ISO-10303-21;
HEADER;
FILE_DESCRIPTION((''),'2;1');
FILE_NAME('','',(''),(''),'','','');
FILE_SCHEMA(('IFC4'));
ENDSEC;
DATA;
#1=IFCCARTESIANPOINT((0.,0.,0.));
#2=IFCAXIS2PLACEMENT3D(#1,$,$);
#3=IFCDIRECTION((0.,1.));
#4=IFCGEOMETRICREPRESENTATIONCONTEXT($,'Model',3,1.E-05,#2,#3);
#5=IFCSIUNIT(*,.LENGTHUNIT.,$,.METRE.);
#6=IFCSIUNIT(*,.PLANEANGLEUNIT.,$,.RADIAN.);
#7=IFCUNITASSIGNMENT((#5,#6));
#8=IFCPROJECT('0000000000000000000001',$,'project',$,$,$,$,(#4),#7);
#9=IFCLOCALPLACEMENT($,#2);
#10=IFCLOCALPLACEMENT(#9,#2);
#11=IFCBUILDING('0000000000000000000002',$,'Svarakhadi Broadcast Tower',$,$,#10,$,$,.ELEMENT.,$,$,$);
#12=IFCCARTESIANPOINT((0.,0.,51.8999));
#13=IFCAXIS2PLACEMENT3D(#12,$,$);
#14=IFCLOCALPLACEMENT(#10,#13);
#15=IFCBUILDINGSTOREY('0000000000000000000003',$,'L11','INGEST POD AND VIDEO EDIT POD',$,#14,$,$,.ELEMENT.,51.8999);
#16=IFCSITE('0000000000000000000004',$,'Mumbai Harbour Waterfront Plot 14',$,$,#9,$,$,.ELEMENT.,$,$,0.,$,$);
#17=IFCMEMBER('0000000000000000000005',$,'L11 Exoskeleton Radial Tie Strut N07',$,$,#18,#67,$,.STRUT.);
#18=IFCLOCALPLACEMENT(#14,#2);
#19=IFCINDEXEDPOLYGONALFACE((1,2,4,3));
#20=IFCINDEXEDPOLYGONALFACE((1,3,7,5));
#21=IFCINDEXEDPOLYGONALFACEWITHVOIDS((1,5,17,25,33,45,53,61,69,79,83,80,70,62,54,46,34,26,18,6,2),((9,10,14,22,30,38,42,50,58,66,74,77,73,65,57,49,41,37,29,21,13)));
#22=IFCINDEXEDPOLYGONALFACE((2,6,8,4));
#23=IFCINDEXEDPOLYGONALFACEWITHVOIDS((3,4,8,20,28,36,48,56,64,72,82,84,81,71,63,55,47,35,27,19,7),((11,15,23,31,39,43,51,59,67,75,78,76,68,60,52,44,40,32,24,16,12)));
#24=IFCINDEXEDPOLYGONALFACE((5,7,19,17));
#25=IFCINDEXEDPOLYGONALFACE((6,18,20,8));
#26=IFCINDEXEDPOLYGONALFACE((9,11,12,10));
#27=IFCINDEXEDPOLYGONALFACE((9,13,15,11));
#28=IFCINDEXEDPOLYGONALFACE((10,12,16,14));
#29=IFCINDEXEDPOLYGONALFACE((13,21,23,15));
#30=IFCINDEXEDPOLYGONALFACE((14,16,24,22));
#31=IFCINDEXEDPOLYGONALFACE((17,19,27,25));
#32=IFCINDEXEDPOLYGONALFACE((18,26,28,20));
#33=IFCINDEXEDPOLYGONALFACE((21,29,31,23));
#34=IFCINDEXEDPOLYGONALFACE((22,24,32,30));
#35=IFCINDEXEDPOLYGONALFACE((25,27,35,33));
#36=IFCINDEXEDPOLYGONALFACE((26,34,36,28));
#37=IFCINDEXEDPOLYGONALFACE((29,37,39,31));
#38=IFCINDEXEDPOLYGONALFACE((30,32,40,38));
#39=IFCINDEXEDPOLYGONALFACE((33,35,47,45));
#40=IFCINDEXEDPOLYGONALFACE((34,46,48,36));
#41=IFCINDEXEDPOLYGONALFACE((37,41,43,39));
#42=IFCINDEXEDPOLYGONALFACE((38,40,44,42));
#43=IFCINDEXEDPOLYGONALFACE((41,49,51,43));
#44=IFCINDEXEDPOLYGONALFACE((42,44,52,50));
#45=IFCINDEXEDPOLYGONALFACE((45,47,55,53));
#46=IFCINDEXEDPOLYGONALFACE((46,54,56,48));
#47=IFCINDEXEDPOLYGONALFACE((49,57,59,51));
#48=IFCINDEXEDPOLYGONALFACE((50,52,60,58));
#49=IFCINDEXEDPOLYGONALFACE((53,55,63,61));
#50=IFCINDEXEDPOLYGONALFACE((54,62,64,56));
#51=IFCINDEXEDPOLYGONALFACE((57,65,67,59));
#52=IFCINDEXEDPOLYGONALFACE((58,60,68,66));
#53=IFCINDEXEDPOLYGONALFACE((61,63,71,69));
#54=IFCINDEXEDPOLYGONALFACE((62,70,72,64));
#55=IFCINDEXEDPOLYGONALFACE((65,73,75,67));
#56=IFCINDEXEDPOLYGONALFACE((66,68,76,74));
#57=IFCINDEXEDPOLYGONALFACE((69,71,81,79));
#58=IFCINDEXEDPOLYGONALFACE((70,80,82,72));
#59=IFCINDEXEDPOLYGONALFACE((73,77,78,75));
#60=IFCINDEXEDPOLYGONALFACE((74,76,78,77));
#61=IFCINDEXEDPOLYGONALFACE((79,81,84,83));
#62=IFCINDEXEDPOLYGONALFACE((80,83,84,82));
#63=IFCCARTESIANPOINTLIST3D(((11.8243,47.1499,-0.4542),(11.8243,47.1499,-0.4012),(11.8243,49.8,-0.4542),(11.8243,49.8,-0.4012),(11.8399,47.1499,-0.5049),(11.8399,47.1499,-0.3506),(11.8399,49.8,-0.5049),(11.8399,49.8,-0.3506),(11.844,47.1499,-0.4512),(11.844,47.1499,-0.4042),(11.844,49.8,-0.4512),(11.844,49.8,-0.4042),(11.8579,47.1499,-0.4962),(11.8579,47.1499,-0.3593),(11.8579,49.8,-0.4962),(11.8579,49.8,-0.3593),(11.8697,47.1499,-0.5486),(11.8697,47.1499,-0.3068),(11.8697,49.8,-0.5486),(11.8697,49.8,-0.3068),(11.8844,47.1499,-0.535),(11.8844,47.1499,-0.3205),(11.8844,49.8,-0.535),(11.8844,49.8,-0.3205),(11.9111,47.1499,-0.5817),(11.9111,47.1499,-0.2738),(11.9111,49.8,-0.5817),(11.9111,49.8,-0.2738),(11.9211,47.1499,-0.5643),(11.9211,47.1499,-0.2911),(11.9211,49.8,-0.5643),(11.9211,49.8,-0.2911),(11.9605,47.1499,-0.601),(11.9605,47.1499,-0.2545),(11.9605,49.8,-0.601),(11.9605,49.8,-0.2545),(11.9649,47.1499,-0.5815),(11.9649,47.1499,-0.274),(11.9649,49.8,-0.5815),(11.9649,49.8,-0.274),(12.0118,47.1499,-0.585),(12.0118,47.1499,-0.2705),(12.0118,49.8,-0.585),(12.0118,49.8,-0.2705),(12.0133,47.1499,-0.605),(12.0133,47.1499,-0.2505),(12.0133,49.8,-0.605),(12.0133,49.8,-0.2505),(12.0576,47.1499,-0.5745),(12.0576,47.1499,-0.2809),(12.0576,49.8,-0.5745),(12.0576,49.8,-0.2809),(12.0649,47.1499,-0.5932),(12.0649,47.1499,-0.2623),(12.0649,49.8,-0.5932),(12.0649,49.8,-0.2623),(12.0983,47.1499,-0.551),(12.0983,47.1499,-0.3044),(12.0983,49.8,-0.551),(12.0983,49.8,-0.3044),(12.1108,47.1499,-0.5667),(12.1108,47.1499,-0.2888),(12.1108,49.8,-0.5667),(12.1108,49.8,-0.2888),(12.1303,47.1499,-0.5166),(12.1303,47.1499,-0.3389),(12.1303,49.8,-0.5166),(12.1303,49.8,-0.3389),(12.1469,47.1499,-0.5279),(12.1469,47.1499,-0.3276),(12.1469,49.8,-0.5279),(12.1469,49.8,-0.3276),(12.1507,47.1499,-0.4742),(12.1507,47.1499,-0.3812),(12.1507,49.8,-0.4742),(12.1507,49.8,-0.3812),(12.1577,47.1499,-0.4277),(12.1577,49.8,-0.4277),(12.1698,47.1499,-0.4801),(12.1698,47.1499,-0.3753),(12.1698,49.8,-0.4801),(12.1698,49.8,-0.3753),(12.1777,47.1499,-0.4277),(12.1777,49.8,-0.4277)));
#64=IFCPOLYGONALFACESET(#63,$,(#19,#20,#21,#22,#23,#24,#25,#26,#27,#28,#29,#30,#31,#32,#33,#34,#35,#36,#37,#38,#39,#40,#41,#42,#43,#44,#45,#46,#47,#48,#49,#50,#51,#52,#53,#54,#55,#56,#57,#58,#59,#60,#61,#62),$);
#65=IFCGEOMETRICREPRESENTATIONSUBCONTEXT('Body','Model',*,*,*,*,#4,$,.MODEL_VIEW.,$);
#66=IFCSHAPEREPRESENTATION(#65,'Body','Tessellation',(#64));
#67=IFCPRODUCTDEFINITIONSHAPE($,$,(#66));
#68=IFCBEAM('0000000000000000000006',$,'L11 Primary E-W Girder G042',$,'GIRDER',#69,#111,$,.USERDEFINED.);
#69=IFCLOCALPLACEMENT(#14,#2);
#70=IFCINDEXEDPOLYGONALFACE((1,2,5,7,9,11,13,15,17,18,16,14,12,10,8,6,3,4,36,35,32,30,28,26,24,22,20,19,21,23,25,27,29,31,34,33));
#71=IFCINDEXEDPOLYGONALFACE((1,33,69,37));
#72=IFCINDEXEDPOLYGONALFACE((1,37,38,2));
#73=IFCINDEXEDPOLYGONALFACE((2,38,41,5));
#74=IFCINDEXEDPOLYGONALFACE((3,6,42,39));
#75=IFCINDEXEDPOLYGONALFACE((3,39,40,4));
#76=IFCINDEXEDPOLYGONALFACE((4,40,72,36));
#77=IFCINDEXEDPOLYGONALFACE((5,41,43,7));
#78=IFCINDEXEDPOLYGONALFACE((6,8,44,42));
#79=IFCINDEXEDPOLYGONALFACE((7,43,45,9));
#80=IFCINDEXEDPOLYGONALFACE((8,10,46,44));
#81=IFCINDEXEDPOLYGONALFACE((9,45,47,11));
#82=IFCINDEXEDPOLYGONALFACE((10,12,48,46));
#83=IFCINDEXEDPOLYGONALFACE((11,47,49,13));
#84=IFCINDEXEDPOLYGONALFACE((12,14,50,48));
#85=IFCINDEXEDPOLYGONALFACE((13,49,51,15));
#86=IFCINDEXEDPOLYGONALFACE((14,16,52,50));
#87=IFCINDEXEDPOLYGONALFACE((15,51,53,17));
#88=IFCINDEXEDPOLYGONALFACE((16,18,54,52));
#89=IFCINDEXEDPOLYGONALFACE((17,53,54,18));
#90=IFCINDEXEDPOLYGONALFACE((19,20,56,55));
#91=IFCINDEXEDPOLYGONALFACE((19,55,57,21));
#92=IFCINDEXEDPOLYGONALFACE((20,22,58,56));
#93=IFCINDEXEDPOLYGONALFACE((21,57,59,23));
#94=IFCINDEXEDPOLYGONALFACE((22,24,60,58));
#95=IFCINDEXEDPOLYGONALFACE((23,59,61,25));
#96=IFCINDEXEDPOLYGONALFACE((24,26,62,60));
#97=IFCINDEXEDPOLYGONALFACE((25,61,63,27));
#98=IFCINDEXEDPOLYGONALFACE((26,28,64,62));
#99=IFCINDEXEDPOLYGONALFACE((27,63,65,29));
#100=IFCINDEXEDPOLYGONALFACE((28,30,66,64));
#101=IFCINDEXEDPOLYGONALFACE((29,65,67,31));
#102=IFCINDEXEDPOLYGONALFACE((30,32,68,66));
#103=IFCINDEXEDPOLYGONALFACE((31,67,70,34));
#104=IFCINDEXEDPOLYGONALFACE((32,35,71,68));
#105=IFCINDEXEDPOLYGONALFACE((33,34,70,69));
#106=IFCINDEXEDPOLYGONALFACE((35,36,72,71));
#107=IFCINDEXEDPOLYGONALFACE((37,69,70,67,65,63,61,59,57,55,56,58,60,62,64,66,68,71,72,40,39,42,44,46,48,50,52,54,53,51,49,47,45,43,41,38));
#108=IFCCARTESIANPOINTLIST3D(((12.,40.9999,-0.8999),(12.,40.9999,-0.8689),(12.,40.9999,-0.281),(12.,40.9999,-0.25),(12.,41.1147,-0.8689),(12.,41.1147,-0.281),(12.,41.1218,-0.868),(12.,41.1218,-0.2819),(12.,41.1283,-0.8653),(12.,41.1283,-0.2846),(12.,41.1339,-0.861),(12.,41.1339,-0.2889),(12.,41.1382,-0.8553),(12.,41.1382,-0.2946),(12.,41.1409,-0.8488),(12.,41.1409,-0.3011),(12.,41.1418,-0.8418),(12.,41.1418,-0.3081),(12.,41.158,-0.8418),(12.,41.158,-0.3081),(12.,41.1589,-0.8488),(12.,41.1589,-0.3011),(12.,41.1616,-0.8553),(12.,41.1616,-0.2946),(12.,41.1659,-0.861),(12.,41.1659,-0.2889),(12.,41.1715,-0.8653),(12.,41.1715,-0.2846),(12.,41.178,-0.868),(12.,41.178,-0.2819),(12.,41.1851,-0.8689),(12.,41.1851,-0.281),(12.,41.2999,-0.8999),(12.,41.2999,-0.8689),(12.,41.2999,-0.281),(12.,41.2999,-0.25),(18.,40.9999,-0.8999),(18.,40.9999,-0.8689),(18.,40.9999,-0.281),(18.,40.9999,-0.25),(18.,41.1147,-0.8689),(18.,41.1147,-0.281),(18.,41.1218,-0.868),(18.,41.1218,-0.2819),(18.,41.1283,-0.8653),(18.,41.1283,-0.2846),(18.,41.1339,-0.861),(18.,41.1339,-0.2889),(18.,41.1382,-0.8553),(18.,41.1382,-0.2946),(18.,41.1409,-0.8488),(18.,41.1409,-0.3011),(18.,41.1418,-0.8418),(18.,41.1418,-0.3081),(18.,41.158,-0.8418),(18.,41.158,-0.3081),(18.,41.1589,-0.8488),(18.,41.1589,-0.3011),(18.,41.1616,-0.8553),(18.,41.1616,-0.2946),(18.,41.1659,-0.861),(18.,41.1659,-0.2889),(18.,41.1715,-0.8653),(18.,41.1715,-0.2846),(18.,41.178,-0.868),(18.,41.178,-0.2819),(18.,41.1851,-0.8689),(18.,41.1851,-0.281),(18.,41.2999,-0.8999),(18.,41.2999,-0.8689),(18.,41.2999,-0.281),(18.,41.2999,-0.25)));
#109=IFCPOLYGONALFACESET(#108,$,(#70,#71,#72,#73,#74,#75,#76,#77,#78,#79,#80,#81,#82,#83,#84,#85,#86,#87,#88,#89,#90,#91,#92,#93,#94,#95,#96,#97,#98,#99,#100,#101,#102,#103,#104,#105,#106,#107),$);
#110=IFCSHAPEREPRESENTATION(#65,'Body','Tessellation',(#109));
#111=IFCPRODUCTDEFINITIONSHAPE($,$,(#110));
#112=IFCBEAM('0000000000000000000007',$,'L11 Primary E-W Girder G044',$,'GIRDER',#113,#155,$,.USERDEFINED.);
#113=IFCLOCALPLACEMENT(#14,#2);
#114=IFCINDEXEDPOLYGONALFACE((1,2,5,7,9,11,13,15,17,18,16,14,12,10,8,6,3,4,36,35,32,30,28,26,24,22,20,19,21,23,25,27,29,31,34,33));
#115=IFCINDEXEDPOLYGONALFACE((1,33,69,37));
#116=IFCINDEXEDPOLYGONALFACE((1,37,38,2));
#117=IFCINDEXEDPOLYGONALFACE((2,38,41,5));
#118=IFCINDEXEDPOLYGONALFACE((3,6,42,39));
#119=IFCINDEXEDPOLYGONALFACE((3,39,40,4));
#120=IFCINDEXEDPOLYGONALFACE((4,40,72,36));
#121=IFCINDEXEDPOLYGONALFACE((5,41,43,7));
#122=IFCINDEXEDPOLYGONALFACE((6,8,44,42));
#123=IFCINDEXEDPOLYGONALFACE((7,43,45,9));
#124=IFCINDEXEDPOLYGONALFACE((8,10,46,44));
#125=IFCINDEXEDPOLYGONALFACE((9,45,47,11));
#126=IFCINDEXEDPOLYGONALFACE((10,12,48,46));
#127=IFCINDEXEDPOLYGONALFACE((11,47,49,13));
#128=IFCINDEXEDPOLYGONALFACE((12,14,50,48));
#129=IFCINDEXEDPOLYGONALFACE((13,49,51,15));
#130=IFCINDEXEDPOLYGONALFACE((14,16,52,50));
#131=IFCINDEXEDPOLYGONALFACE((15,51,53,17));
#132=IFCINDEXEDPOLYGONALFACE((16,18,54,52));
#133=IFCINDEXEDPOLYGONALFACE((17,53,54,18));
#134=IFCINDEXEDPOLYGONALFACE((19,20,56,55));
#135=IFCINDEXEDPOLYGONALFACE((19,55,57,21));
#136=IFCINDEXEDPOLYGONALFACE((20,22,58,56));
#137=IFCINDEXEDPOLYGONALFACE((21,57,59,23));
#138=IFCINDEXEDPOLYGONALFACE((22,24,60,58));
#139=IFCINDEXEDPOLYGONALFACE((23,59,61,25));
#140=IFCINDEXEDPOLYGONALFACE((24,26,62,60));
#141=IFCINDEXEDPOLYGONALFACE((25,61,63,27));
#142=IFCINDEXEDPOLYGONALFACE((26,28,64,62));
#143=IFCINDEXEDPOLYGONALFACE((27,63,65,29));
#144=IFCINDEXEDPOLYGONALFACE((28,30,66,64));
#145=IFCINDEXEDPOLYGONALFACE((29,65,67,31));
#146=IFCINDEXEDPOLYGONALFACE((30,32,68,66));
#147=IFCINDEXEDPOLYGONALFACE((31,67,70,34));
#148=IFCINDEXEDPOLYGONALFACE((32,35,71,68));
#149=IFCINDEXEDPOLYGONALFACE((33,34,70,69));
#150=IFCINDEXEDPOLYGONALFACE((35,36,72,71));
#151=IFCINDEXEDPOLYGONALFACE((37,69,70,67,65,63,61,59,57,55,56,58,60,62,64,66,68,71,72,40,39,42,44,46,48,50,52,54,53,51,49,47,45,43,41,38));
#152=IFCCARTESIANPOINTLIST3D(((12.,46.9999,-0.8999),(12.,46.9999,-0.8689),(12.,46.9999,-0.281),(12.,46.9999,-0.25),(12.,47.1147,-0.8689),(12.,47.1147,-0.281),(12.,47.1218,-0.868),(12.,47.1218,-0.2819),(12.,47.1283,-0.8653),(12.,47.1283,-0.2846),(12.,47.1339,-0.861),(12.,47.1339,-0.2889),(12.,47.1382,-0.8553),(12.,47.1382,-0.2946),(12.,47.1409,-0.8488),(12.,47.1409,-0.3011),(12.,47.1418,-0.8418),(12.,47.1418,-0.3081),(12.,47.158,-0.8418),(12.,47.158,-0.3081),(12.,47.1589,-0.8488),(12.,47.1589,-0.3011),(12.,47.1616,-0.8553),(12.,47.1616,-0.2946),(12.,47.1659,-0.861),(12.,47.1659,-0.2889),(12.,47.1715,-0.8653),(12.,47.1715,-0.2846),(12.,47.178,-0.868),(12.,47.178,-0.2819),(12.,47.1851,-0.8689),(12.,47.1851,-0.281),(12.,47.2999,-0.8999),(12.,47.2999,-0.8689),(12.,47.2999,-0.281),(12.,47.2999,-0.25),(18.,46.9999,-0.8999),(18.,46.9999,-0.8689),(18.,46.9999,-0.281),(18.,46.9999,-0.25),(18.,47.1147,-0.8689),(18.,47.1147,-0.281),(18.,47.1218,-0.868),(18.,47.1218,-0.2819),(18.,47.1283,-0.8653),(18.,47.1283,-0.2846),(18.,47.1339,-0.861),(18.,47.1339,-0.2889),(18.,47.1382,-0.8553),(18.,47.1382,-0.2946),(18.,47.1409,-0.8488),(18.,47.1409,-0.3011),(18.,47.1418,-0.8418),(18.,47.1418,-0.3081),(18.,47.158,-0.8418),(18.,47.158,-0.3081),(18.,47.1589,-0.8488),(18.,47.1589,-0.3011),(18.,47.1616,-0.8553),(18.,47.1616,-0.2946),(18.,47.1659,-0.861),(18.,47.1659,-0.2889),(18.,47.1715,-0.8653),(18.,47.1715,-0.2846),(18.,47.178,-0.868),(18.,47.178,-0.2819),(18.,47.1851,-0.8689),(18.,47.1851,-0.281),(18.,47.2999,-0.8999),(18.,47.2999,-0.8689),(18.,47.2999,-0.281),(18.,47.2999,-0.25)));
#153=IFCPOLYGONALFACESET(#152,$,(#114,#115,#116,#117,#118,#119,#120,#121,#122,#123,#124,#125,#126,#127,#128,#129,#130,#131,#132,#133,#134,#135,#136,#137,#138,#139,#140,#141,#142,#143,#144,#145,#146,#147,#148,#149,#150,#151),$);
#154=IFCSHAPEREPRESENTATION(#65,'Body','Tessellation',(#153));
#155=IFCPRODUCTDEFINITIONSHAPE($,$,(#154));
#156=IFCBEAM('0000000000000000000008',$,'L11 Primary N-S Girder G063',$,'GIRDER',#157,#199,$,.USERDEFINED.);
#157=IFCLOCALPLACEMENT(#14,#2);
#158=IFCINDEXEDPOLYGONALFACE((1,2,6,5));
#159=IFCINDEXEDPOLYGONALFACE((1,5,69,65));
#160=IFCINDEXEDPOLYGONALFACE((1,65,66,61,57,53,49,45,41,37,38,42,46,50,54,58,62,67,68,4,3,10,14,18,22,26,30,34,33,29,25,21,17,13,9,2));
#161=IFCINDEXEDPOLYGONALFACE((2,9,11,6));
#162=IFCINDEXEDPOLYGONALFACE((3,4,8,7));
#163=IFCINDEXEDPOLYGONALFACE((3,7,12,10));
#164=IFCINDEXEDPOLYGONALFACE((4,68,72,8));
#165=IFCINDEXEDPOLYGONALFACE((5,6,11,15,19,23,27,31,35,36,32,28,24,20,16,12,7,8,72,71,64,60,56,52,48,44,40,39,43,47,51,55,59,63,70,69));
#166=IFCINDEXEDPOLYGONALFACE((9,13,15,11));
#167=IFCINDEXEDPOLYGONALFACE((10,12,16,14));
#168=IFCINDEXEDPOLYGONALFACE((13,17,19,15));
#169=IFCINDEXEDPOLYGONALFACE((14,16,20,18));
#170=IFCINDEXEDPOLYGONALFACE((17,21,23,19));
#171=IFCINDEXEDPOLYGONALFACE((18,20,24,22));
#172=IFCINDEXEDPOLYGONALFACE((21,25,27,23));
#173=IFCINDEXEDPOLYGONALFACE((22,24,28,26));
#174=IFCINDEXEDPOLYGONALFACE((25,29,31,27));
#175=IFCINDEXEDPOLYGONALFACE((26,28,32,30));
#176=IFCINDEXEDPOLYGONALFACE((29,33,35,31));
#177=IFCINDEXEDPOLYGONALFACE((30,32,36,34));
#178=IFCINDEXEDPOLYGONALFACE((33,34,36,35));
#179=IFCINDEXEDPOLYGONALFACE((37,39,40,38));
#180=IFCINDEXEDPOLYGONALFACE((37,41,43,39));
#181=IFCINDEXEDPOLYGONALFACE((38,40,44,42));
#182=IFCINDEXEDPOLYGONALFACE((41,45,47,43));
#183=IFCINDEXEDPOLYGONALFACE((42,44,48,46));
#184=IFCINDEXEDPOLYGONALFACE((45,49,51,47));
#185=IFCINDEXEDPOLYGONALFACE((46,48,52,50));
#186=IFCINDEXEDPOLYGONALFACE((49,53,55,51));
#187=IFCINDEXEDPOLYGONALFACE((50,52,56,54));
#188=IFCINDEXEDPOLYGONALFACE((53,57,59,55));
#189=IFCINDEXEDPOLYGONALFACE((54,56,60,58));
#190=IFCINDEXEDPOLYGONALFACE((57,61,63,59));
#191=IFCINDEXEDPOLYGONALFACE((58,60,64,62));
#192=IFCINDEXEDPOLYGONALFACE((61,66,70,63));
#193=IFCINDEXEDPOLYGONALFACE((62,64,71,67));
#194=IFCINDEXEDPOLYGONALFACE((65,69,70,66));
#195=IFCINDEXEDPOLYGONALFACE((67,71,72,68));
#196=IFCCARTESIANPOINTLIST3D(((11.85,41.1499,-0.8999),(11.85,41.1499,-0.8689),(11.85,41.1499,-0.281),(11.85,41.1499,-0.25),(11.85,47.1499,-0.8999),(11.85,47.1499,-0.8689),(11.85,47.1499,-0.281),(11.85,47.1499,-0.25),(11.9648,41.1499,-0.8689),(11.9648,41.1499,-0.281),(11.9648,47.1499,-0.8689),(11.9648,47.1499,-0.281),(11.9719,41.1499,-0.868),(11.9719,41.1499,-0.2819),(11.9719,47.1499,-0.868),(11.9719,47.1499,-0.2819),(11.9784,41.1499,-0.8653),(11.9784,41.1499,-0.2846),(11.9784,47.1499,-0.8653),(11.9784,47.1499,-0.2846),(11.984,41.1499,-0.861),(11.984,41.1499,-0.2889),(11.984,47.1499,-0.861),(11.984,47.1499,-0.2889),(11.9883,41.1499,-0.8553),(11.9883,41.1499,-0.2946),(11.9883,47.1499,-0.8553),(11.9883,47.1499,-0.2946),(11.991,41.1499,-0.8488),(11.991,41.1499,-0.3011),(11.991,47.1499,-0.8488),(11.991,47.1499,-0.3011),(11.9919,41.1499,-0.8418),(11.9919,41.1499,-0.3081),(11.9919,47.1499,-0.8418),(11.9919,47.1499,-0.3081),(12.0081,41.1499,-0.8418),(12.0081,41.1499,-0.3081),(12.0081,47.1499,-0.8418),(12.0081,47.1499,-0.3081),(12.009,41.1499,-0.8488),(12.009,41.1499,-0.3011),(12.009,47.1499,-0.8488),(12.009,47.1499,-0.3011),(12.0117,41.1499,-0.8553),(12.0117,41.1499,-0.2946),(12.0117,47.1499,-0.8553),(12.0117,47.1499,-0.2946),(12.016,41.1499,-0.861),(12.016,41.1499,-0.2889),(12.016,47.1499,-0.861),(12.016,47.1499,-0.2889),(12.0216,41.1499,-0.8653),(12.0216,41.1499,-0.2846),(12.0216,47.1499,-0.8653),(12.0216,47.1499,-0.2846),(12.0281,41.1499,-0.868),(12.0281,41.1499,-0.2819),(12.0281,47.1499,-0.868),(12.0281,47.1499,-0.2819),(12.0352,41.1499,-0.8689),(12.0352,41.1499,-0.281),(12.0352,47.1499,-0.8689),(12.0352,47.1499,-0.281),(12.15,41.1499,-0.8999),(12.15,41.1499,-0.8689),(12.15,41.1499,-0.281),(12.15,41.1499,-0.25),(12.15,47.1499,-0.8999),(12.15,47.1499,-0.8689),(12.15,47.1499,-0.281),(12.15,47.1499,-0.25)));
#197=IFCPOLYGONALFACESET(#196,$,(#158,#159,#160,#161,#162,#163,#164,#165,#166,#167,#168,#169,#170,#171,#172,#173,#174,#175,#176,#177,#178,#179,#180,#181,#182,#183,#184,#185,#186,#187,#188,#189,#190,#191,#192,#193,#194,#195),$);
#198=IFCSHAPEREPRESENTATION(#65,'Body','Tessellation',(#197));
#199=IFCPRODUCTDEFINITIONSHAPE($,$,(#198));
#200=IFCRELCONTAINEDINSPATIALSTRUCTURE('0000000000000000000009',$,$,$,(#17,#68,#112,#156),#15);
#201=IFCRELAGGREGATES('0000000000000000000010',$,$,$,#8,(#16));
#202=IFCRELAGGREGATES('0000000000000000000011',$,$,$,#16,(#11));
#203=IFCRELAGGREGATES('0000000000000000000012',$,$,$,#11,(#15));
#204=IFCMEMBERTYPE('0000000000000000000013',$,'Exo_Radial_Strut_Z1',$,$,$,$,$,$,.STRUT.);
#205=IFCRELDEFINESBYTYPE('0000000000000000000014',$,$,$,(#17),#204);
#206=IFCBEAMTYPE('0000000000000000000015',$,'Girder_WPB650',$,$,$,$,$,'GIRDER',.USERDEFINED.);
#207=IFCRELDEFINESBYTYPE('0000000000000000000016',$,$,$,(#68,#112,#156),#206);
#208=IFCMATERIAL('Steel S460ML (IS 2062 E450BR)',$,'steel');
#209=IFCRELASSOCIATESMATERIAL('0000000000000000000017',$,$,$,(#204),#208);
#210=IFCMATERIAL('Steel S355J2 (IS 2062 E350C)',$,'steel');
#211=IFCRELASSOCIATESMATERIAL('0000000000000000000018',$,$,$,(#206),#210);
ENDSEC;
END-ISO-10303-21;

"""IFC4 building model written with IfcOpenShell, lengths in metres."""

from ifc_helpers import new_model, si_unit, direction, frame, origin, origin_2d, place, context, subcontext, project, spatial, hollow_circle, i_section, extrude, material, material_profile, profile_set, type_object, element, save


model = new_model("IFC4")

# Units and contexts
model_context = context("Model", 3, precision=1e-05, world=origin(), true_north=direction((0.0, 1.0)))
body_context = subcontext(model_context, "Body", "Model", "MODEL_VIEW")
ifc_project = project(units=[si_unit("LENGTHUNIT", "METRE"), si_unit("PLANEANGLEUNIT", "RADIAN")], contexts=[model_context])

# Site, building, storey
site_placement = place(None, origin())
site = spatial("IfcSite", under=ifc_project, at=site_placement, Name="Mumbai Harbour Waterfront Plot 14", CompositionType="ELEMENT", RefElevation=0.0)
building_placement = place(site_placement, origin())
building = spatial("IfcBuilding", under=site, at=building_placement, Name="Svarakhadi Broadcast Tower", CompositionType="ELEMENT")
storey_placement = place(building_placement, frame((0.0, 0.0, 51.8999)))
storey = spatial("IfcBuildingStorey", under=building, at=storey_placement, Name="L11", Description="INGEST POD AND VIDEO EDIT POD", CompositionType="ELEMENT", Elevation=51.8999)

# Shared definitions
ifc_material_1 = material(Name="Steel S460ML (IS 2062 E450BR)", Category="steel")

# Shared definitions
ifc_material_2 = material(Name="Steel S355J2 (IS 2062 E350C)", Category="steel")

# Member
ifc_material_profile_1 = material_profile(ifc_material_1, hollow_circle(Radius=0.1777, WallThickness=0.02, at=origin_2d()), Name="CHS 355.6x20")
ifc_profile_set_1 = profile_set([ifc_material_profile_1], Name="Steel S460ML (IS 2062 E450BR)")
member_type_1 = type_object("IfcMemberType", Name="Exo_Radial_Strut_Z1", PredefinedType="STRUT", material=ifc_profile_set_1)
member_1_placement = place(storey_placement, frame((12.0, 49.8, -0.4277), z_axis=(0.0, -1.0, 0.0), x_axis=(1.0, 0.0, 0.0)))
element("IfcMember", 1, at=member_1_placement, inside=storey, type_object=member_type_1, Name="L11 Exoskeleton Radial Tie Strut N07", PredefinedType="STRUT", context=body_context, shape_type="SweptSolid", body=[
    extrude(hollow_circle(Radius=0.1777, WallThickness=0.02, at=origin_2d()), origin(), (0.0, 0.0, 1.0), 2.6501),
])

# Beams
ifc_material_profile_2 = material_profile(ifc_material_2, i_section(OverallWidth=0.3, OverallDepth=0.6499, WebThickness=0.0161, FlangeThickness=0.031, FilletRadius=0.0271, at=origin_2d()), Name="WPB 650x300x225")
ifc_profile_set_2 = profile_set([ifc_material_profile_2], Name="Steel S355J2 (IS 2062 E350C)")
beam_type_1 = type_object("IfcBeamType", Name="Girder_WPB650", ElementType="GIRDER", PredefinedType="USERDEFINED", material=ifc_profile_set_2)
for number, where, z_axis, x_axis, name in (
    (2, (12.0, 41.1499, -0.575), (1.0, 0.0, 0.0), (0.0, 1.0, 0.0), "L11 Primary E-W Girder G042"),
    (3, (12.0, 47.1499, -0.575), (1.0, 0.0, 0.0), (0.0, 1.0, 0.0), "L11 Primary E-W Girder G044"),
    (4, (12.0, 41.1499, -0.575), (0.0, 1.0, 0.0), (-1.0, 0.0, 0.0), "L11 Primary N-S Girder G063"),
):
    element("IfcBeam", number, at=place(storey_placement, frame(where, z_axis=z_axis, x_axis=x_axis)), inside=storey, type_object=beam_type_1, Name=name, ObjectType="GIRDER", PredefinedType="USERDEFINED", context=body_context, shape_type="SweptSolid", body=[
        extrude(i_section(OverallWidth=0.3, OverallDepth=0.6499, WebThickness=0.0161, FlangeThickness=0.031, FilletRadius=0.0271, at=origin_2d()), origin(), (0.0, 0.0, 1.0), 6.0),
    ])

save(model, "model.ifc")
